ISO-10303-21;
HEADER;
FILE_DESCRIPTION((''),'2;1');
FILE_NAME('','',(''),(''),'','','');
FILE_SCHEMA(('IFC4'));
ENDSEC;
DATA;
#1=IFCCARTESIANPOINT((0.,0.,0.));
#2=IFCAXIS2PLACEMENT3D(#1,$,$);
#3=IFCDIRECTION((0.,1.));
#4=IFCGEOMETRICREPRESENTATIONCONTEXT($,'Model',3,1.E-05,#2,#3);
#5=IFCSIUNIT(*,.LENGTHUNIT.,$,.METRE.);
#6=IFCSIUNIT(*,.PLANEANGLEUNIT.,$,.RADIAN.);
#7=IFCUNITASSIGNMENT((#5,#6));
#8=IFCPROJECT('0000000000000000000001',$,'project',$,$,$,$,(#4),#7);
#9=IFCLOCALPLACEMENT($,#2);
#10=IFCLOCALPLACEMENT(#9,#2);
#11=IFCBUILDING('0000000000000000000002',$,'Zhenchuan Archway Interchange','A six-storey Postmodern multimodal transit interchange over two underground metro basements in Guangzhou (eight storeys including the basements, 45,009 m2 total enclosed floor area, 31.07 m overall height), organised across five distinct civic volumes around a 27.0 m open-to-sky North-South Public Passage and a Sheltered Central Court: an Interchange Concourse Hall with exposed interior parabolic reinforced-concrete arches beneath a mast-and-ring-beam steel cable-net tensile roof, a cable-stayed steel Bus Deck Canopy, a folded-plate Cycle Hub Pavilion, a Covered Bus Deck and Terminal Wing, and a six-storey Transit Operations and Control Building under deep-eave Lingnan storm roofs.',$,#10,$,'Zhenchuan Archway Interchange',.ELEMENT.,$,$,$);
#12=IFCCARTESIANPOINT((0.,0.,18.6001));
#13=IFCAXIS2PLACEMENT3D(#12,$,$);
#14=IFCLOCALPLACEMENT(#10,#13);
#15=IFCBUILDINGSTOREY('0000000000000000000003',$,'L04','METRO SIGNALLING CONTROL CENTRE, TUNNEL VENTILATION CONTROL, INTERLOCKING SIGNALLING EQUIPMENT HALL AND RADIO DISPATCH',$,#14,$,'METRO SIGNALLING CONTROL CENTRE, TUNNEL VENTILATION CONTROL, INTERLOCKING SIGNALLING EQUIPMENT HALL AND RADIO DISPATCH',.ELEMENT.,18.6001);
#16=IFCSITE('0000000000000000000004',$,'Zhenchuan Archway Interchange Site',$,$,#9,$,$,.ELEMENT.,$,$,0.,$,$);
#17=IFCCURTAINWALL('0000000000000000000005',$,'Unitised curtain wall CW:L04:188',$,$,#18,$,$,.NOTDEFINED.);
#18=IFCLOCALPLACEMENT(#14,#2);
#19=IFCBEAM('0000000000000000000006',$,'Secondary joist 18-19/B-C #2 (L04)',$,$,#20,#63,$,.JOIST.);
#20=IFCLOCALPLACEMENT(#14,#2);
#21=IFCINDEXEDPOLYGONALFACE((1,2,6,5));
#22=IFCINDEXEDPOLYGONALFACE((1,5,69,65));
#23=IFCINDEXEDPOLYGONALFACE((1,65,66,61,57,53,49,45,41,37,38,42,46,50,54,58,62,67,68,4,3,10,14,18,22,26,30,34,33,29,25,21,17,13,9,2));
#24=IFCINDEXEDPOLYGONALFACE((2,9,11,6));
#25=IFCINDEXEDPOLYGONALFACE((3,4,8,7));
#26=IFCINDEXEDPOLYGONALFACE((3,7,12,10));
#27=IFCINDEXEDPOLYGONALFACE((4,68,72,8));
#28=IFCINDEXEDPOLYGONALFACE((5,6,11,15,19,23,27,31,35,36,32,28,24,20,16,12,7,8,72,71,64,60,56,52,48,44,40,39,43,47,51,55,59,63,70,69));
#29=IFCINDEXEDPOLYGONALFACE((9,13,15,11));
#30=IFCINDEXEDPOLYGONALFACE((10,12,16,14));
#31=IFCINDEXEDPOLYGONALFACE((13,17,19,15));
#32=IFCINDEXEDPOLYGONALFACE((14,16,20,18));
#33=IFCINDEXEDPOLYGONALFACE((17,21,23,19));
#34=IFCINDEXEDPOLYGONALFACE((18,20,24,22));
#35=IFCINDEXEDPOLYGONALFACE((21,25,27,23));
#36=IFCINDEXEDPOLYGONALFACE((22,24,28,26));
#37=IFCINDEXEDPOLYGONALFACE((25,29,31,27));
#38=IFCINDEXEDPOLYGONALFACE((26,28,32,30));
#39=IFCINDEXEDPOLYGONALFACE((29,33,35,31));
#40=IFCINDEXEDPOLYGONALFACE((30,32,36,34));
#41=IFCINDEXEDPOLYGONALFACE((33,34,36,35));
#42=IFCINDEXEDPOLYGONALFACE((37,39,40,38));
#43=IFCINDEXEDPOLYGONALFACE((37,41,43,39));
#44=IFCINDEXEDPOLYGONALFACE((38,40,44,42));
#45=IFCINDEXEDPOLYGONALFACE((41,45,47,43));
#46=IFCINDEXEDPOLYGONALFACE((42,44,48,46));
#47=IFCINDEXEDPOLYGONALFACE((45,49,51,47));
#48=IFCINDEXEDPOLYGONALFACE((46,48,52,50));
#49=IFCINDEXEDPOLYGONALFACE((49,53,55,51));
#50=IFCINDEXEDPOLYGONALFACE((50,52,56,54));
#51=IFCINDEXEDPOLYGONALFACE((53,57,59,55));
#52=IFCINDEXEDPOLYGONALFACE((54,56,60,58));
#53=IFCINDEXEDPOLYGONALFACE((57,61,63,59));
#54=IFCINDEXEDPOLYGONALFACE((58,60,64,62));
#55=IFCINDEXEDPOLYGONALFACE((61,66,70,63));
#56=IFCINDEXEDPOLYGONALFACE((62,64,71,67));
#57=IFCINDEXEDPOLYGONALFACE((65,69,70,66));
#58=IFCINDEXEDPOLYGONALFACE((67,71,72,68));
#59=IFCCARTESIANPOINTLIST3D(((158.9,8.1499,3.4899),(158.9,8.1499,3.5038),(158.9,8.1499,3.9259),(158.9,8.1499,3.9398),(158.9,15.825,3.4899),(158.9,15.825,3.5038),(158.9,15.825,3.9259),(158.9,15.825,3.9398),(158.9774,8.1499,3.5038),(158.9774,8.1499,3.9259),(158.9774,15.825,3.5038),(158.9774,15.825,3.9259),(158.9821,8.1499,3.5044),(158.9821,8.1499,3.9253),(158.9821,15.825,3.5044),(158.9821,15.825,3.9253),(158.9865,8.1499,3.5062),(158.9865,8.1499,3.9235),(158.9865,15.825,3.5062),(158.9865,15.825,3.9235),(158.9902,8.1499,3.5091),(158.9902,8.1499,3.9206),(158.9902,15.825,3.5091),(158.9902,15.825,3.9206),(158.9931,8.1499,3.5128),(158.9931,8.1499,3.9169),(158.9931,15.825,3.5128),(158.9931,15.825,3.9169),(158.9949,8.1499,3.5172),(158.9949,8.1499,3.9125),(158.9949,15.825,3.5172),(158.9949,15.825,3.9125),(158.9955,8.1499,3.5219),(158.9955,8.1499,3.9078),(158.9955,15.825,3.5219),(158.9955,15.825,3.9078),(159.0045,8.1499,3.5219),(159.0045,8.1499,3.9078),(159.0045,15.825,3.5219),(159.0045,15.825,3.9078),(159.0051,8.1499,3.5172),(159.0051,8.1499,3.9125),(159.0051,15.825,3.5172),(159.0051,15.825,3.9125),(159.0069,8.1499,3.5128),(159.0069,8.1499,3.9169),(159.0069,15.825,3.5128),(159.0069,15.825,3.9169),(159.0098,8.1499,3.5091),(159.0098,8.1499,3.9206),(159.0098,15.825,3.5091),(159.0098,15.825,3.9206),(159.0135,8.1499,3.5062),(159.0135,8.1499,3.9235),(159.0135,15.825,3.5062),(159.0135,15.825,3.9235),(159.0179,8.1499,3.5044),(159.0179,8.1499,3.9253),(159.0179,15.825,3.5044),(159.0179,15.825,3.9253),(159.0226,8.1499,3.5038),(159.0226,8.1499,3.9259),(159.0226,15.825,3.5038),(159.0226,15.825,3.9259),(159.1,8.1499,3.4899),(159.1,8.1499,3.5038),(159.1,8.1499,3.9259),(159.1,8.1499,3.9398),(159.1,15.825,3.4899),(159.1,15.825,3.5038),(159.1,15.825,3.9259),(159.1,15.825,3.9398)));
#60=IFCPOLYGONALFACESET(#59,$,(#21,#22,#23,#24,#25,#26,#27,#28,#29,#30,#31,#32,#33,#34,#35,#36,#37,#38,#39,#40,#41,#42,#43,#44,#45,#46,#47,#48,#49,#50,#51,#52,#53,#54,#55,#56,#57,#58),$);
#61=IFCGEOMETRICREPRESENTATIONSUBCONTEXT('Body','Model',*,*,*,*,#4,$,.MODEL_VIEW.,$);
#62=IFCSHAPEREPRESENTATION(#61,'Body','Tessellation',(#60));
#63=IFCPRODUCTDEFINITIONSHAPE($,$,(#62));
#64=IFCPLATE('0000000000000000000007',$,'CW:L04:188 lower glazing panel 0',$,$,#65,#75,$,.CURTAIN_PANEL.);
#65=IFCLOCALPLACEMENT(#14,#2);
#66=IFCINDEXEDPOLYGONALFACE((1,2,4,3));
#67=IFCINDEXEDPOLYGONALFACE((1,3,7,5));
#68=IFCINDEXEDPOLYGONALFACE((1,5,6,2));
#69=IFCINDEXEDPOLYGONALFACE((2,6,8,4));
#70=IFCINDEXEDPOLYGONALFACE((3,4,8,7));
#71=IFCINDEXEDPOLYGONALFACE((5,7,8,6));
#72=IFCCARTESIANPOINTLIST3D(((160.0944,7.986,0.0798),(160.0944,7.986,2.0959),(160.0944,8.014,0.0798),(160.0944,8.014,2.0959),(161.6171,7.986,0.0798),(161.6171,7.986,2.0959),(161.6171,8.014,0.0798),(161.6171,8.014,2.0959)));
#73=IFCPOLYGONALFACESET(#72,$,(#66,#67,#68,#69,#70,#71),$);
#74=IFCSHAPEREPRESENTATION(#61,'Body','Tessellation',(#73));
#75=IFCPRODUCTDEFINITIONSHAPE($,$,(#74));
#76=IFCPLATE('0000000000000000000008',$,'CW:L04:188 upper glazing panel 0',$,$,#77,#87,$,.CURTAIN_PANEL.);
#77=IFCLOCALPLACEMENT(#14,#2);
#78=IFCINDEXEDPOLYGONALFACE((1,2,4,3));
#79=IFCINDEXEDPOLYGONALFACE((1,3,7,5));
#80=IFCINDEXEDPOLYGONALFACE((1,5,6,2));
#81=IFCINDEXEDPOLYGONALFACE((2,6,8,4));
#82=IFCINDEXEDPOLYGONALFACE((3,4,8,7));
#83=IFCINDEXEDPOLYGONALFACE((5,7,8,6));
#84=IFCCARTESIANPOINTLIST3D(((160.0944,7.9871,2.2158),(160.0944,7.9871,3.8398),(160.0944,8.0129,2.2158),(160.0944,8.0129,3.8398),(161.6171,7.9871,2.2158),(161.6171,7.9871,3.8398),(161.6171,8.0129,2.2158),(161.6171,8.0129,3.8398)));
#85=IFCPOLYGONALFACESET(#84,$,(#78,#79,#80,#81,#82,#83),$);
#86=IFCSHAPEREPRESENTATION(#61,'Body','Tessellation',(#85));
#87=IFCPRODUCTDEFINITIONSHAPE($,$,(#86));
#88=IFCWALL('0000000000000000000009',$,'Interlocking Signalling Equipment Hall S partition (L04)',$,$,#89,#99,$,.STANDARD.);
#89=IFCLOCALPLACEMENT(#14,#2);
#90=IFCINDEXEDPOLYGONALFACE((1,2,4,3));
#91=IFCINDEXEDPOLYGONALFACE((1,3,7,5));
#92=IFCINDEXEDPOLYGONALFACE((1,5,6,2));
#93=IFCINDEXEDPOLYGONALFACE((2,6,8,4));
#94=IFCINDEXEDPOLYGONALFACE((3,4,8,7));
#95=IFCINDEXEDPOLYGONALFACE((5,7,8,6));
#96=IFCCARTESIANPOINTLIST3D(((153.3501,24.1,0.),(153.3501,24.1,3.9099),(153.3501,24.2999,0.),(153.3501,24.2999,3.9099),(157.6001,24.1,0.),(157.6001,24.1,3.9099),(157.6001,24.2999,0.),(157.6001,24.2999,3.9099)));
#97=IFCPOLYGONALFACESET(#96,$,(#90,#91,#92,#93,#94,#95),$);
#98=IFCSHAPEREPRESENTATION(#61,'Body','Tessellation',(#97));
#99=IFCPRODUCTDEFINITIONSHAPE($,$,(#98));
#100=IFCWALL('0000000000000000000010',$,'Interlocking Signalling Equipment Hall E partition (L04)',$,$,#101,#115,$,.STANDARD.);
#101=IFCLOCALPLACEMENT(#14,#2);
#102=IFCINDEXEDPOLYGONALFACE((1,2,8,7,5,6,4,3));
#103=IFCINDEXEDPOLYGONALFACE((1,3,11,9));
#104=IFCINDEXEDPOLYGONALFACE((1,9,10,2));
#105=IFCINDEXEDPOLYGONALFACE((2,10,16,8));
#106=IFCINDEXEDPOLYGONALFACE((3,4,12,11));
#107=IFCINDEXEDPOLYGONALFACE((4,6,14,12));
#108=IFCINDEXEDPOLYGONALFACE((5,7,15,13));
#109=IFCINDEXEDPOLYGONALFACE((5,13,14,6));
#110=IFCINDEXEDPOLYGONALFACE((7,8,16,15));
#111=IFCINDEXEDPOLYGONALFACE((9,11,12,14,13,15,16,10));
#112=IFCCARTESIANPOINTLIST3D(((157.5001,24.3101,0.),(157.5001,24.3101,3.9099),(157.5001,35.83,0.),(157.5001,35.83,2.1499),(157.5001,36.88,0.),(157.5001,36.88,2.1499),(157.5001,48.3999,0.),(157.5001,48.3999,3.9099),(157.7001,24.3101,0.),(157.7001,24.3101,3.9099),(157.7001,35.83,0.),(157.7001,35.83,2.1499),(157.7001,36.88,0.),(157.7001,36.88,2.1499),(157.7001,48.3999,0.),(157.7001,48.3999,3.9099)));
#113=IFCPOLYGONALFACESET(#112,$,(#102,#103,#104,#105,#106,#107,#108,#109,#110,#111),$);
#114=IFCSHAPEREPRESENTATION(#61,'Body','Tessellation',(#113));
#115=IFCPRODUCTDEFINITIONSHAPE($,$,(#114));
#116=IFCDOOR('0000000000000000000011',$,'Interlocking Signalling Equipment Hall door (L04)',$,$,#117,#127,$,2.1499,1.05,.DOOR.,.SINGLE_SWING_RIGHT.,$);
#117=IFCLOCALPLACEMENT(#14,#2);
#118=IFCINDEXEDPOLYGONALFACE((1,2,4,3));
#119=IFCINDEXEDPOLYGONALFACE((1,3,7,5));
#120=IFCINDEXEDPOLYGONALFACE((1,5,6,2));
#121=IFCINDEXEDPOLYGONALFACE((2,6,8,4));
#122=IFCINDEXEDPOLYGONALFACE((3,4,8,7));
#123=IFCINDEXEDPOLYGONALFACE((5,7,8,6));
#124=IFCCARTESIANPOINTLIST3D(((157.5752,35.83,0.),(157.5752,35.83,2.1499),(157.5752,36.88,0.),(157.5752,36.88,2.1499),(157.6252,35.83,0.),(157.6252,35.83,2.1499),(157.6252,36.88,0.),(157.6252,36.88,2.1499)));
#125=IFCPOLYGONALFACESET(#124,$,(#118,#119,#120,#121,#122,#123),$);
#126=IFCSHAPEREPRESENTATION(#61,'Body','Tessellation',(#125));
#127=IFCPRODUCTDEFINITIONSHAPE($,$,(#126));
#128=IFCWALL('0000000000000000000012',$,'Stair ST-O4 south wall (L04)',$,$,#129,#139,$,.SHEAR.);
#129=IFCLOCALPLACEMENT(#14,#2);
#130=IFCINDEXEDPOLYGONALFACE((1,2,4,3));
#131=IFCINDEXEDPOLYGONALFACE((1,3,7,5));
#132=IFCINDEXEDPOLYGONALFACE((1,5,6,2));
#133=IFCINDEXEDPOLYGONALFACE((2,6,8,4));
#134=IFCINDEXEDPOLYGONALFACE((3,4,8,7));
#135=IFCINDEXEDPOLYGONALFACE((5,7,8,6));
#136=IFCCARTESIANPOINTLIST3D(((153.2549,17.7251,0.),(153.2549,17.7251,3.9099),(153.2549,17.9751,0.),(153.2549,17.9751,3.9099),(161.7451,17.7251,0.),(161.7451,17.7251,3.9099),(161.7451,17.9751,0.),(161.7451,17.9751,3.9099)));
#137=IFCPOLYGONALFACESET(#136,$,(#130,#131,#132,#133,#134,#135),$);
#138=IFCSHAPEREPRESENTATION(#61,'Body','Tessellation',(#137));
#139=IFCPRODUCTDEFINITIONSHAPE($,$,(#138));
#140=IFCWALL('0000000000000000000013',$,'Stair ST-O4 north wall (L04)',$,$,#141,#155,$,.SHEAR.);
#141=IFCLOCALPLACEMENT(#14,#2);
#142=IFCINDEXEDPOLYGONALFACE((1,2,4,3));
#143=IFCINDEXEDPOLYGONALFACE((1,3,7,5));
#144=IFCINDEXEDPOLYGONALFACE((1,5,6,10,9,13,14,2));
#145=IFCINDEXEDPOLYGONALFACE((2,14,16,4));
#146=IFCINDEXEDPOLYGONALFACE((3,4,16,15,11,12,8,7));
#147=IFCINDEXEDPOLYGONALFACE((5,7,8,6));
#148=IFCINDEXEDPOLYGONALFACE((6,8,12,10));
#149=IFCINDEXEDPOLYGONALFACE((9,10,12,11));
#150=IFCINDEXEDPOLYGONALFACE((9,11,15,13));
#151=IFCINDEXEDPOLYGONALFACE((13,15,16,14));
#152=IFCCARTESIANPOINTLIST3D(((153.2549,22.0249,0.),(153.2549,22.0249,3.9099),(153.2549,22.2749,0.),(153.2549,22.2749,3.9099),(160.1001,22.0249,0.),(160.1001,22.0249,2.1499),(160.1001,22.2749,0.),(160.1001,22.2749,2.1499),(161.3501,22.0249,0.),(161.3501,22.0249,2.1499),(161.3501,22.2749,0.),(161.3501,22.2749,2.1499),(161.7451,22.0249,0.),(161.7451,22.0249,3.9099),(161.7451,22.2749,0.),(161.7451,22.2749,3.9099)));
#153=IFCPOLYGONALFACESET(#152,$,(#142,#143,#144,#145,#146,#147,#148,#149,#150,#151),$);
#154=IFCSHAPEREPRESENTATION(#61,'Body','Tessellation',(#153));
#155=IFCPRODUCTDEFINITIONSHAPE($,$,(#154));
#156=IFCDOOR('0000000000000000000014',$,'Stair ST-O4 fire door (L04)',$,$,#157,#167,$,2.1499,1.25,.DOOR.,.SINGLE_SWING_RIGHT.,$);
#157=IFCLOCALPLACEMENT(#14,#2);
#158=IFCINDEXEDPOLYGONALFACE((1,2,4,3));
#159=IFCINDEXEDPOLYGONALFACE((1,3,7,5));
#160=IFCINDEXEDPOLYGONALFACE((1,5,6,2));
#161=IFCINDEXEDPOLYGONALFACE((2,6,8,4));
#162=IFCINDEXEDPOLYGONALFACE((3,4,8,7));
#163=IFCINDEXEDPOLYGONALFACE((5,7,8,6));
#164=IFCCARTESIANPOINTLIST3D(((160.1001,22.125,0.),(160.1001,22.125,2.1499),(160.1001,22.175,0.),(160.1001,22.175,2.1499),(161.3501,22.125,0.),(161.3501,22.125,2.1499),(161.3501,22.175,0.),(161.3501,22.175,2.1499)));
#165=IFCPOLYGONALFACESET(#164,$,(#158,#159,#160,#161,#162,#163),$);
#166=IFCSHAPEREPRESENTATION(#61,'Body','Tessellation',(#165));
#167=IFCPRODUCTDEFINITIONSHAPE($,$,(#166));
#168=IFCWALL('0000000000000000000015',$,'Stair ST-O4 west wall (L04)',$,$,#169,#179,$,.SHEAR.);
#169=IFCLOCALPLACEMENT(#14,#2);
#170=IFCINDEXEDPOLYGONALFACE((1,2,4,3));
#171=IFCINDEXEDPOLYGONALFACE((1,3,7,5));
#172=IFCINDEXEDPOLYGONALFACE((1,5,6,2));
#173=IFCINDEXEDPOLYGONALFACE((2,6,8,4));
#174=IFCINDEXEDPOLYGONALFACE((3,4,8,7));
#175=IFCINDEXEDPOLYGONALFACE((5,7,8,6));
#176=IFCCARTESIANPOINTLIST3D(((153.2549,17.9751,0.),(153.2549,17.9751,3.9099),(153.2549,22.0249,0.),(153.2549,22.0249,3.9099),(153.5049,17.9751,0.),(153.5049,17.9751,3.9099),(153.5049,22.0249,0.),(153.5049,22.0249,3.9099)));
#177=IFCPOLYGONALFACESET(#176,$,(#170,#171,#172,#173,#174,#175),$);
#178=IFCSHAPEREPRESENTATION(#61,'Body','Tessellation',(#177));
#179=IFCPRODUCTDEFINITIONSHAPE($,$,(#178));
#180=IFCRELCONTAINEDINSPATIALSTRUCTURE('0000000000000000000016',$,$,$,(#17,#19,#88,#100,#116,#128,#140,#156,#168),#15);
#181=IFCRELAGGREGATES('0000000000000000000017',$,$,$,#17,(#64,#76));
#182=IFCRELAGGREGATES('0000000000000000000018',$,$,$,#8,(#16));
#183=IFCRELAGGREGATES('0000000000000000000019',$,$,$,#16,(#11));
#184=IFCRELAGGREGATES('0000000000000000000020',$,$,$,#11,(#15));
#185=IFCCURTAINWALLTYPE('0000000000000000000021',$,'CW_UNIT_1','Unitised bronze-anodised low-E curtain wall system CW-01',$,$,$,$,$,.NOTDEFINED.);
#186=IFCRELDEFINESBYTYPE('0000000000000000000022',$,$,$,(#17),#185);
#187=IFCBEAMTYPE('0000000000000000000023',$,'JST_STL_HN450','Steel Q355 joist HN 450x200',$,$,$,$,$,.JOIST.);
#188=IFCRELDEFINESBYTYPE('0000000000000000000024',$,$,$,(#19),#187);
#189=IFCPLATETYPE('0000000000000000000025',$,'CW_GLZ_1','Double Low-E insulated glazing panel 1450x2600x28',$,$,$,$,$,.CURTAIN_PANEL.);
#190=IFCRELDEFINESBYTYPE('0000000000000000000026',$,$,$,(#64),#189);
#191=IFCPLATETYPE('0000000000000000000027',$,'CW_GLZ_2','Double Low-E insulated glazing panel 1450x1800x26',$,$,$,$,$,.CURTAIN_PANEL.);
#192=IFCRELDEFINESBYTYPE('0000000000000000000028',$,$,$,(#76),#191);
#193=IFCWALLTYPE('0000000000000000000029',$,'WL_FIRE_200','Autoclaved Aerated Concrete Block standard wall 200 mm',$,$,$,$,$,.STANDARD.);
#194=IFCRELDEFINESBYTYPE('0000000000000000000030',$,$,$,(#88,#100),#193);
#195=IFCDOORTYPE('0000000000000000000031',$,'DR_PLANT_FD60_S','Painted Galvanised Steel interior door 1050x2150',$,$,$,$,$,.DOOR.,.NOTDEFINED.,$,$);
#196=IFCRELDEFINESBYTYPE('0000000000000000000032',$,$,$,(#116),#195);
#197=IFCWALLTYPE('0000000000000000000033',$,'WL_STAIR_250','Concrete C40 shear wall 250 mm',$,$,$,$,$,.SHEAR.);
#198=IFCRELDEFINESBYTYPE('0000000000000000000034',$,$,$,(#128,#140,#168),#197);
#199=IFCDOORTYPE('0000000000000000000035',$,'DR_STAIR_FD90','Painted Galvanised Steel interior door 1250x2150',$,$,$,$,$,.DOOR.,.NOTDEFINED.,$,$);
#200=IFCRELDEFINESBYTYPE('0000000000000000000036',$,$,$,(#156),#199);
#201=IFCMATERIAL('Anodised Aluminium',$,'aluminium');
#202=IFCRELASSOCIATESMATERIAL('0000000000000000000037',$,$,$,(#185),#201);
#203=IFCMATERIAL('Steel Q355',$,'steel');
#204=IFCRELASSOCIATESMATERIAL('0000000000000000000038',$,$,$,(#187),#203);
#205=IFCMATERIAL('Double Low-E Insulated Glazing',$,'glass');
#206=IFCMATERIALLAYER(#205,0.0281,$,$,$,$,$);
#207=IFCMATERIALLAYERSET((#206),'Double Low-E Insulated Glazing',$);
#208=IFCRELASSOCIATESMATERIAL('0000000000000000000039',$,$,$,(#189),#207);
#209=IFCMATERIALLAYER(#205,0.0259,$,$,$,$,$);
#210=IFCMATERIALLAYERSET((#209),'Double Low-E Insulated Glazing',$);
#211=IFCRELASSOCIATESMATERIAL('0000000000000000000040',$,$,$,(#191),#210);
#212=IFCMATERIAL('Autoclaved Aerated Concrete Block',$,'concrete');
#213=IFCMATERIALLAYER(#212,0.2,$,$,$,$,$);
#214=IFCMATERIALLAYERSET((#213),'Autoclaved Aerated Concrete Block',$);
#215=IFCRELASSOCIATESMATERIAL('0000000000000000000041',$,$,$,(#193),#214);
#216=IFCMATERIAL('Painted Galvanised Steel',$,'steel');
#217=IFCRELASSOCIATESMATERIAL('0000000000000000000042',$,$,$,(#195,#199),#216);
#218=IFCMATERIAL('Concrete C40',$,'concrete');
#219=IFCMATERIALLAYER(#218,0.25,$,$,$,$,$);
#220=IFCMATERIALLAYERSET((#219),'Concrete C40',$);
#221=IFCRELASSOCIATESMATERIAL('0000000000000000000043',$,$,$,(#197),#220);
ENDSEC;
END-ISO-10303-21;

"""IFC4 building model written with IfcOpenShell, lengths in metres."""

from ifc_helpers import new_model, si_unit, direction, frame, frame_2d, origin, origin_2d, place, context, subcontext, project, spatial, rectangle, i_section, extrude, material, layer, layer_set, material_profile, profile_set, type_object, element, fill, aggregate, save


model = new_model("IFC4")

# Units and contexts
model_context = context("Model", 3, precision=1e-05, world=origin(), true_north=direction((0.0, 1.0)))
body_context = subcontext(model_context, "Body", "Model", "MODEL_VIEW")
ifc_project = project(units=[si_unit("LENGTHUNIT", "METRE"), si_unit("PLANEANGLEUNIT", "RADIAN")], contexts=[model_context])

# Site, building, storey
site_placement = place(None, origin())
site = spatial("IfcSite", under=ifc_project, at=site_placement, Name="Zhenchuan Archway Interchange Site", CompositionType="ELEMENT", RefElevation=0.0)
building_placement = place(site_placement, origin())
building = spatial("IfcBuilding", under=site, at=building_placement, Name="Zhenchuan Archway Interchange", Description="A six-storey Postmodern multimodal transit interchange over two underground metro basements in Guangzhou (eight storeys including the basements, 45,009 m2 total enclosed floor area, 31.07 m overall height), organised across five distinct civic volumes around a 27.0 m open-to-sky North-South Public Passage and a Sheltered Central Court: an Interchange Concourse Hall with exposed interior parabolic reinforced-concrete arches beneath a mast-and-ring-beam steel cable-net tensile roof, a cable-stayed steel Bus Deck Canopy, a folded-plate Cycle Hub Pavilion, a Covered Bus Deck and Terminal Wing, and a six-storey Transit Operations and Control Building under deep-eave Lingnan storm roofs.", LongName="Zhenchuan Archway Interchange", CompositionType="ELEMENT")
storey_placement = place(building_placement, frame((0.0, 0.0, 18.6001)))
storey = spatial("IfcBuildingStorey", under=building, at=storey_placement, Name="L04", Description="METRO SIGNALLING CONTROL CENTRE, TUNNEL VENTILATION CONTROL, INTERLOCKING SIGNALLING EQUIPMENT HALL AND RADIO DISPATCH", LongName="METRO SIGNALLING CONTROL CENTRE, TUNNEL VENTILATION CONTROL, INTERLOCKING SIGNALLING EQUIPMENT HALL AND RADIO DISPATCH", CompositionType="ELEMENT", Elevation=18.6001)

# Shared definitions
ifc_material_1 = material(Name="Concrete C40", Category="concrete")

# Curtain wall
ifc_material_2 = material(Name="Anodised Aluminium", Category="aluminium")
curtain_wall_type = type_object("IfcCurtainWallType", Name="CW_UNIT_1", Description="Unitised bronze-anodised low-E curtain wall system CW-01", PredefinedType="NOTDEFINED", material=ifc_material_2)
curtain_wall_placement = place(storey_placement, origin())
curtain_wall = element("IfcCurtainWall", 1, at=curtain_wall_placement, inside=storey, type_object=curtain_wall_type, Name="Unitised curtain wall CW:L04:188", PredefinedType="NOTDEFINED")

# Beam
ifc_material_3 = material(Name="Steel Q355", Category="steel")
ifc_material_profile_1 = material_profile(ifc_material_3, i_section(OverallWidth=0.2, OverallDepth=0.45, WebThickness=0.009, FlangeThickness=0.0139, FilletRadius=0.0181, at=origin_2d()), Name="HN 450x200")
ifc_profile_set_1 = profile_set([ifc_material_profile_1], Name="Steel Q355")
beam_type_1 = type_object("IfcBeamType", Name="JST_STL_HN450", Description="Steel Q355 joist HN 450x200", PredefinedType="JOIST", material=ifc_profile_set_1)
for number, where, z_axis, x_axis, name in (
    (2, (159.0, 8.1499, 3.7148), (0.0, 1.0, 0.0), (-1.0, 0.0, 0.0), "Secondary joist 18-19/B-C #2 (L04)"),
):
    element("IfcBeam", number, at=place(storey_placement, frame(where, z_axis=z_axis, x_axis=x_axis)), inside=storey, type_object=beam_type_1, Name=name, PredefinedType="JOIST", context=body_context, shape_type="SweptSolid", body=[
        extrude(i_section(OverallWidth=0.2, OverallDepth=0.45, WebThickness=0.009, FlangeThickness=0.0139, FilletRadius=0.0181, at=origin_2d()), origin(), (0.0, 0.0, 1.0), 7.675),
    ])

# Plates
ifc_material_4 = material(Name="Double Low-E Insulated Glazing", Category="glass")
ifc_layer_1 = layer(ifc_material_4, 0.0281)
ifc_layer_set_1 = layer_set([ifc_layer_1], Name="Double Low-E Insulated Glazing")
plate_type_1 = type_object("IfcPlateType", Name="CW_GLZ_1", Description="Double Low-E insulated glazing panel 1450x2600x28", PredefinedType="CURTAIN_PANEL", material=ifc_layer_set_1)
plate_1_placement = place(storey_placement, frame((160.8557, 8.0, 0.0798), z_axis=(0.0, 0.0, 1.0), x_axis=(-1.0, 0.0, 0.0)))
plate_1 = element("IfcPlate", 3, at=plate_1_placement, type_object=plate_type_1, Name="CW:L04:188 lower glazing panel 0", PredefinedType="CURTAIN_PANEL", context=body_context, shape_type="SweptSolid", body=[
    extrude(rectangle(XDim=1.5227, YDim=0.0281, at=origin_2d()), origin(), (0.0, 0.0, 1.0), 2.0161),
])
ifc_layer_2 = layer(ifc_material_4, 0.0259)
ifc_layer_set_2 = layer_set([ifc_layer_2], Name="Double Low-E Insulated Glazing")
plate_type_2 = type_object("IfcPlateType", Name="CW_GLZ_2", Description="Double Low-E insulated glazing panel 1450x1800x26", PredefinedType="CURTAIN_PANEL", material=ifc_layer_set_2)
plate_2_placement = place(storey_placement, frame((160.8557, 8.0, 2.2158), z_axis=(0.0, 0.0, 1.0), x_axis=(-1.0, 0.0, 0.0)))
plate_2 = element("IfcPlate", 4, at=plate_2_placement, type_object=plate_type_2, Name="CW:L04:188 upper glazing panel 0", PredefinedType="CURTAIN_PANEL", context=body_context, shape_type="SweptSolid", body=[
    extrude(rectangle(XDim=1.5227, YDim=0.0259, at=origin_2d()), origin(), (0.0, 0.0, 1.0), 1.624),
])
aggregate(curtain_wall, [plate_1, plate_2])

# Wall
ifc_material_5 = material(Name="Autoclaved Aerated Concrete Block", Category="concrete")
ifc_layer_3 = layer(ifc_material_5, 0.2)
ifc_layer_set_3 = layer_set([ifc_layer_3], Name="Autoclaved Aerated Concrete Block")
wall_type_1 = type_object("IfcWallType", Name="WL_FIRE_200", Description="Autoclaved Aerated Concrete Block standard wall 200 mm", PredefinedType="STANDARD", material=ifc_layer_set_3)
wall_1_placement = place(storey_placement, frame((153.3501, 24.2, 0.0), z_axis=(0.0, 0.0, 1.0), x_axis=(1.0, 0.0, 0.0)))
element("IfcWall", 5, at=wall_1_placement, inside=storey, type_object=wall_type_1, Name="Interlocking Signalling Equipment Hall S partition (L04)", PredefinedType="STANDARD", context=body_context, shape_type="SweptSolid", body=[
    extrude(rectangle(XDim=4.25, YDim=0.2, at=frame_2d((2.125, 0.0))), origin(), (0.0, 0.0, 1.0), 3.9099),
])

# Wall, opening, door
wall_2_placement = place(storey_placement, frame((157.6001, 24.3101, 0.0), z_axis=(0.0, 0.0, 1.0), x_axis=(0.0, 1.0, 0.0)))
wall_2 = element("IfcWall", 6, at=wall_2_placement, inside=storey, type_object=wall_type_1, Name="Interlocking Signalling Equipment Hall E partition (L04)", PredefinedType="STANDARD", context=body_context, shape_type="SweptSolid", body=[
    extrude(rectangle(XDim=24.0898, YDim=0.2, at=frame_2d((12.0449, 0.0))), origin(), (0.0, 0.0, 1.0), 3.9099),
])
opening_1_placement = place(wall_2_placement, frame((11.52, 0.0, 0.0)))
opening_1 = element("IfcOpeningElement", 7, at=opening_1_placement, cuts=wall_2, PredefinedType="OPENING", context=body_context, shape_type="SweptSolid", body=[
    extrude(rectangle(XDim=1.05, YDim=2.1499, at=frame_2d((0.5249, 1.075))), frame((0.0, 0.1118, 0.0), z_axis=(0.0, -1.0, 0.0), x_axis=(1.0, 0.0, 0.0)), (0.0, 0.0, 1.0), 0.2239),
])
ifc_material_6 = material(Name="Painted Galvanised Steel", Category="steel")
door_type_1 = type_object("IfcDoorType", Name="DR_PLANT_FD60_S", Description="Painted Galvanised Steel interior door 1050x2150", OperationType="NOTDEFINED", PredefinedType="DOOR", material=ifc_material_6)
door_1_placement = place(opening_1_placement, origin())
door_1 = element("IfcDoor", 8, at=door_1_placement, inside=storey, type_object=door_type_1, Name="Interlocking Signalling Equipment Hall door (L04)", OperationType="SINGLE_SWING_RIGHT", OverallHeight=2.1499, OverallWidth=1.05, PredefinedType="DOOR", context=body_context, shape_type="SweptSolid", body=[
    extrude(rectangle(XDim=1.05, YDim=2.1499, at=frame_2d((0.5249, 1.075))), frame((0.0, 0.0249, 0.0), z_axis=(0.0, -1.0, 0.0), x_axis=(1.0, 0.0, 0.0)), (0.0, 0.0, 1.0), 0.05),
])
fill(opening_1, door_1)

# Wall
ifc_layer_4 = layer(ifc_material_1, 0.25)
ifc_layer_set_4 = layer_set([ifc_layer_4], Name="Concrete C40")
wall_type_2 = type_object("IfcWallType", Name="WL_STAIR_250", Description="Concrete C40 shear wall 250 mm", PredefinedType="SHEAR", material=ifc_layer_set_4)
wall_3_placement = place(storey_placement, frame((153.2549, 17.8501, 0.0), z_axis=(0.0, 0.0, 1.0), x_axis=(1.0, 0.0, 0.0)))
element("IfcWall", 9, at=wall_3_placement, inside=storey, type_object=wall_type_2, Name="Stair ST-O4 south wall (L04)", PredefinedType="SHEAR", context=body_context, shape_type="SweptSolid", body=[
    extrude(rectangle(XDim=8.4902, YDim=0.25, at=frame_2d((4.2451, 0.0))), origin(), (0.0, 0.0, 1.0), 3.9099),
])

# Wall, opening, door
wall_4_placement = place(storey_placement, frame((161.7451, 22.1499, 0.0), z_axis=(0.0, 0.0, 1.0), x_axis=(-1.0, 0.0, 0.0)))
wall_4 = element("IfcWall", 10, at=wall_4_placement, inside=storey, type_object=wall_type_2, Name="Stair ST-O4 north wall (L04)", PredefinedType="SHEAR", context=body_context, shape_type="SweptSolid", body=[
    extrude(rectangle(XDim=8.4902, YDim=0.25, at=frame_2d((4.2451, 0.0))), origin(), (0.0, 0.0, 1.0), 3.9099),
])
opening_2_placement = place(wall_4_placement, frame((0.395, 0.0, 0.0)))
opening_2 = element("IfcOpeningElement", 11, at=opening_2_placement, cuts=wall_4, PredefinedType="OPENING", context=body_context, shape_type="SweptSolid", body=[
    extrude(rectangle(XDim=1.25, YDim=2.1499, at=frame_2d((0.625, 1.075))), frame((0.0, 0.137, 0.0), z_axis=(0.0, -1.0, 0.0), x_axis=(1.0, 0.0, 0.0)), (0.0, 0.0, 1.0), 0.2739),
])
door_type_2 = type_object("IfcDoorType", Name="DR_STAIR_FD90", Description="Painted Galvanised Steel interior door 1250x2150", OperationType="NOTDEFINED", PredefinedType="DOOR", material=ifc_material_6)
door_2_placement = place(opening_2_placement, origin())
door_2 = element("IfcDoor", 12, at=door_2_placement, inside=storey, type_object=door_type_2, Name="Stair ST-O4 fire door (L04)", OperationType="SINGLE_SWING_RIGHT", OverallHeight=2.1499, OverallWidth=1.25, PredefinedType="DOOR", context=body_context, shape_type="SweptSolid", body=[
    extrude(rectangle(XDim=1.25, YDim=2.1499, at=frame_2d((0.625, 1.075))), frame((0.0, 0.0249, 0.0), z_axis=(0.0, -1.0, 0.0), x_axis=(1.0, 0.0, 0.0)), (0.0, 0.0, 1.0), 0.05),
])
fill(opening_2, door_2)

# Wall
for number, where, z_axis, x_axis, name in (
    (13, (153.3799, 22.0249, 0.0), (0.0, 0.0, 1.0), (0.0, -1.0, 0.0), "Stair ST-O4 west wall (L04)"),
):
    element("IfcWall", number, at=place(storey_placement, frame(where, z_axis=z_axis, x_axis=x_axis)), inside=storey, type_object=wall_type_2, Name=name, PredefinedType="SHEAR", context=body_context, shape_type="SweptSolid", body=[
        extrude(rectangle(XDim=4.0498, YDim=0.25, at=frame_2d((2.0249, 0.0))), origin(), (0.0, 0.0, 1.0), 3.9099),
    ])

save(model, "model.ifc")
